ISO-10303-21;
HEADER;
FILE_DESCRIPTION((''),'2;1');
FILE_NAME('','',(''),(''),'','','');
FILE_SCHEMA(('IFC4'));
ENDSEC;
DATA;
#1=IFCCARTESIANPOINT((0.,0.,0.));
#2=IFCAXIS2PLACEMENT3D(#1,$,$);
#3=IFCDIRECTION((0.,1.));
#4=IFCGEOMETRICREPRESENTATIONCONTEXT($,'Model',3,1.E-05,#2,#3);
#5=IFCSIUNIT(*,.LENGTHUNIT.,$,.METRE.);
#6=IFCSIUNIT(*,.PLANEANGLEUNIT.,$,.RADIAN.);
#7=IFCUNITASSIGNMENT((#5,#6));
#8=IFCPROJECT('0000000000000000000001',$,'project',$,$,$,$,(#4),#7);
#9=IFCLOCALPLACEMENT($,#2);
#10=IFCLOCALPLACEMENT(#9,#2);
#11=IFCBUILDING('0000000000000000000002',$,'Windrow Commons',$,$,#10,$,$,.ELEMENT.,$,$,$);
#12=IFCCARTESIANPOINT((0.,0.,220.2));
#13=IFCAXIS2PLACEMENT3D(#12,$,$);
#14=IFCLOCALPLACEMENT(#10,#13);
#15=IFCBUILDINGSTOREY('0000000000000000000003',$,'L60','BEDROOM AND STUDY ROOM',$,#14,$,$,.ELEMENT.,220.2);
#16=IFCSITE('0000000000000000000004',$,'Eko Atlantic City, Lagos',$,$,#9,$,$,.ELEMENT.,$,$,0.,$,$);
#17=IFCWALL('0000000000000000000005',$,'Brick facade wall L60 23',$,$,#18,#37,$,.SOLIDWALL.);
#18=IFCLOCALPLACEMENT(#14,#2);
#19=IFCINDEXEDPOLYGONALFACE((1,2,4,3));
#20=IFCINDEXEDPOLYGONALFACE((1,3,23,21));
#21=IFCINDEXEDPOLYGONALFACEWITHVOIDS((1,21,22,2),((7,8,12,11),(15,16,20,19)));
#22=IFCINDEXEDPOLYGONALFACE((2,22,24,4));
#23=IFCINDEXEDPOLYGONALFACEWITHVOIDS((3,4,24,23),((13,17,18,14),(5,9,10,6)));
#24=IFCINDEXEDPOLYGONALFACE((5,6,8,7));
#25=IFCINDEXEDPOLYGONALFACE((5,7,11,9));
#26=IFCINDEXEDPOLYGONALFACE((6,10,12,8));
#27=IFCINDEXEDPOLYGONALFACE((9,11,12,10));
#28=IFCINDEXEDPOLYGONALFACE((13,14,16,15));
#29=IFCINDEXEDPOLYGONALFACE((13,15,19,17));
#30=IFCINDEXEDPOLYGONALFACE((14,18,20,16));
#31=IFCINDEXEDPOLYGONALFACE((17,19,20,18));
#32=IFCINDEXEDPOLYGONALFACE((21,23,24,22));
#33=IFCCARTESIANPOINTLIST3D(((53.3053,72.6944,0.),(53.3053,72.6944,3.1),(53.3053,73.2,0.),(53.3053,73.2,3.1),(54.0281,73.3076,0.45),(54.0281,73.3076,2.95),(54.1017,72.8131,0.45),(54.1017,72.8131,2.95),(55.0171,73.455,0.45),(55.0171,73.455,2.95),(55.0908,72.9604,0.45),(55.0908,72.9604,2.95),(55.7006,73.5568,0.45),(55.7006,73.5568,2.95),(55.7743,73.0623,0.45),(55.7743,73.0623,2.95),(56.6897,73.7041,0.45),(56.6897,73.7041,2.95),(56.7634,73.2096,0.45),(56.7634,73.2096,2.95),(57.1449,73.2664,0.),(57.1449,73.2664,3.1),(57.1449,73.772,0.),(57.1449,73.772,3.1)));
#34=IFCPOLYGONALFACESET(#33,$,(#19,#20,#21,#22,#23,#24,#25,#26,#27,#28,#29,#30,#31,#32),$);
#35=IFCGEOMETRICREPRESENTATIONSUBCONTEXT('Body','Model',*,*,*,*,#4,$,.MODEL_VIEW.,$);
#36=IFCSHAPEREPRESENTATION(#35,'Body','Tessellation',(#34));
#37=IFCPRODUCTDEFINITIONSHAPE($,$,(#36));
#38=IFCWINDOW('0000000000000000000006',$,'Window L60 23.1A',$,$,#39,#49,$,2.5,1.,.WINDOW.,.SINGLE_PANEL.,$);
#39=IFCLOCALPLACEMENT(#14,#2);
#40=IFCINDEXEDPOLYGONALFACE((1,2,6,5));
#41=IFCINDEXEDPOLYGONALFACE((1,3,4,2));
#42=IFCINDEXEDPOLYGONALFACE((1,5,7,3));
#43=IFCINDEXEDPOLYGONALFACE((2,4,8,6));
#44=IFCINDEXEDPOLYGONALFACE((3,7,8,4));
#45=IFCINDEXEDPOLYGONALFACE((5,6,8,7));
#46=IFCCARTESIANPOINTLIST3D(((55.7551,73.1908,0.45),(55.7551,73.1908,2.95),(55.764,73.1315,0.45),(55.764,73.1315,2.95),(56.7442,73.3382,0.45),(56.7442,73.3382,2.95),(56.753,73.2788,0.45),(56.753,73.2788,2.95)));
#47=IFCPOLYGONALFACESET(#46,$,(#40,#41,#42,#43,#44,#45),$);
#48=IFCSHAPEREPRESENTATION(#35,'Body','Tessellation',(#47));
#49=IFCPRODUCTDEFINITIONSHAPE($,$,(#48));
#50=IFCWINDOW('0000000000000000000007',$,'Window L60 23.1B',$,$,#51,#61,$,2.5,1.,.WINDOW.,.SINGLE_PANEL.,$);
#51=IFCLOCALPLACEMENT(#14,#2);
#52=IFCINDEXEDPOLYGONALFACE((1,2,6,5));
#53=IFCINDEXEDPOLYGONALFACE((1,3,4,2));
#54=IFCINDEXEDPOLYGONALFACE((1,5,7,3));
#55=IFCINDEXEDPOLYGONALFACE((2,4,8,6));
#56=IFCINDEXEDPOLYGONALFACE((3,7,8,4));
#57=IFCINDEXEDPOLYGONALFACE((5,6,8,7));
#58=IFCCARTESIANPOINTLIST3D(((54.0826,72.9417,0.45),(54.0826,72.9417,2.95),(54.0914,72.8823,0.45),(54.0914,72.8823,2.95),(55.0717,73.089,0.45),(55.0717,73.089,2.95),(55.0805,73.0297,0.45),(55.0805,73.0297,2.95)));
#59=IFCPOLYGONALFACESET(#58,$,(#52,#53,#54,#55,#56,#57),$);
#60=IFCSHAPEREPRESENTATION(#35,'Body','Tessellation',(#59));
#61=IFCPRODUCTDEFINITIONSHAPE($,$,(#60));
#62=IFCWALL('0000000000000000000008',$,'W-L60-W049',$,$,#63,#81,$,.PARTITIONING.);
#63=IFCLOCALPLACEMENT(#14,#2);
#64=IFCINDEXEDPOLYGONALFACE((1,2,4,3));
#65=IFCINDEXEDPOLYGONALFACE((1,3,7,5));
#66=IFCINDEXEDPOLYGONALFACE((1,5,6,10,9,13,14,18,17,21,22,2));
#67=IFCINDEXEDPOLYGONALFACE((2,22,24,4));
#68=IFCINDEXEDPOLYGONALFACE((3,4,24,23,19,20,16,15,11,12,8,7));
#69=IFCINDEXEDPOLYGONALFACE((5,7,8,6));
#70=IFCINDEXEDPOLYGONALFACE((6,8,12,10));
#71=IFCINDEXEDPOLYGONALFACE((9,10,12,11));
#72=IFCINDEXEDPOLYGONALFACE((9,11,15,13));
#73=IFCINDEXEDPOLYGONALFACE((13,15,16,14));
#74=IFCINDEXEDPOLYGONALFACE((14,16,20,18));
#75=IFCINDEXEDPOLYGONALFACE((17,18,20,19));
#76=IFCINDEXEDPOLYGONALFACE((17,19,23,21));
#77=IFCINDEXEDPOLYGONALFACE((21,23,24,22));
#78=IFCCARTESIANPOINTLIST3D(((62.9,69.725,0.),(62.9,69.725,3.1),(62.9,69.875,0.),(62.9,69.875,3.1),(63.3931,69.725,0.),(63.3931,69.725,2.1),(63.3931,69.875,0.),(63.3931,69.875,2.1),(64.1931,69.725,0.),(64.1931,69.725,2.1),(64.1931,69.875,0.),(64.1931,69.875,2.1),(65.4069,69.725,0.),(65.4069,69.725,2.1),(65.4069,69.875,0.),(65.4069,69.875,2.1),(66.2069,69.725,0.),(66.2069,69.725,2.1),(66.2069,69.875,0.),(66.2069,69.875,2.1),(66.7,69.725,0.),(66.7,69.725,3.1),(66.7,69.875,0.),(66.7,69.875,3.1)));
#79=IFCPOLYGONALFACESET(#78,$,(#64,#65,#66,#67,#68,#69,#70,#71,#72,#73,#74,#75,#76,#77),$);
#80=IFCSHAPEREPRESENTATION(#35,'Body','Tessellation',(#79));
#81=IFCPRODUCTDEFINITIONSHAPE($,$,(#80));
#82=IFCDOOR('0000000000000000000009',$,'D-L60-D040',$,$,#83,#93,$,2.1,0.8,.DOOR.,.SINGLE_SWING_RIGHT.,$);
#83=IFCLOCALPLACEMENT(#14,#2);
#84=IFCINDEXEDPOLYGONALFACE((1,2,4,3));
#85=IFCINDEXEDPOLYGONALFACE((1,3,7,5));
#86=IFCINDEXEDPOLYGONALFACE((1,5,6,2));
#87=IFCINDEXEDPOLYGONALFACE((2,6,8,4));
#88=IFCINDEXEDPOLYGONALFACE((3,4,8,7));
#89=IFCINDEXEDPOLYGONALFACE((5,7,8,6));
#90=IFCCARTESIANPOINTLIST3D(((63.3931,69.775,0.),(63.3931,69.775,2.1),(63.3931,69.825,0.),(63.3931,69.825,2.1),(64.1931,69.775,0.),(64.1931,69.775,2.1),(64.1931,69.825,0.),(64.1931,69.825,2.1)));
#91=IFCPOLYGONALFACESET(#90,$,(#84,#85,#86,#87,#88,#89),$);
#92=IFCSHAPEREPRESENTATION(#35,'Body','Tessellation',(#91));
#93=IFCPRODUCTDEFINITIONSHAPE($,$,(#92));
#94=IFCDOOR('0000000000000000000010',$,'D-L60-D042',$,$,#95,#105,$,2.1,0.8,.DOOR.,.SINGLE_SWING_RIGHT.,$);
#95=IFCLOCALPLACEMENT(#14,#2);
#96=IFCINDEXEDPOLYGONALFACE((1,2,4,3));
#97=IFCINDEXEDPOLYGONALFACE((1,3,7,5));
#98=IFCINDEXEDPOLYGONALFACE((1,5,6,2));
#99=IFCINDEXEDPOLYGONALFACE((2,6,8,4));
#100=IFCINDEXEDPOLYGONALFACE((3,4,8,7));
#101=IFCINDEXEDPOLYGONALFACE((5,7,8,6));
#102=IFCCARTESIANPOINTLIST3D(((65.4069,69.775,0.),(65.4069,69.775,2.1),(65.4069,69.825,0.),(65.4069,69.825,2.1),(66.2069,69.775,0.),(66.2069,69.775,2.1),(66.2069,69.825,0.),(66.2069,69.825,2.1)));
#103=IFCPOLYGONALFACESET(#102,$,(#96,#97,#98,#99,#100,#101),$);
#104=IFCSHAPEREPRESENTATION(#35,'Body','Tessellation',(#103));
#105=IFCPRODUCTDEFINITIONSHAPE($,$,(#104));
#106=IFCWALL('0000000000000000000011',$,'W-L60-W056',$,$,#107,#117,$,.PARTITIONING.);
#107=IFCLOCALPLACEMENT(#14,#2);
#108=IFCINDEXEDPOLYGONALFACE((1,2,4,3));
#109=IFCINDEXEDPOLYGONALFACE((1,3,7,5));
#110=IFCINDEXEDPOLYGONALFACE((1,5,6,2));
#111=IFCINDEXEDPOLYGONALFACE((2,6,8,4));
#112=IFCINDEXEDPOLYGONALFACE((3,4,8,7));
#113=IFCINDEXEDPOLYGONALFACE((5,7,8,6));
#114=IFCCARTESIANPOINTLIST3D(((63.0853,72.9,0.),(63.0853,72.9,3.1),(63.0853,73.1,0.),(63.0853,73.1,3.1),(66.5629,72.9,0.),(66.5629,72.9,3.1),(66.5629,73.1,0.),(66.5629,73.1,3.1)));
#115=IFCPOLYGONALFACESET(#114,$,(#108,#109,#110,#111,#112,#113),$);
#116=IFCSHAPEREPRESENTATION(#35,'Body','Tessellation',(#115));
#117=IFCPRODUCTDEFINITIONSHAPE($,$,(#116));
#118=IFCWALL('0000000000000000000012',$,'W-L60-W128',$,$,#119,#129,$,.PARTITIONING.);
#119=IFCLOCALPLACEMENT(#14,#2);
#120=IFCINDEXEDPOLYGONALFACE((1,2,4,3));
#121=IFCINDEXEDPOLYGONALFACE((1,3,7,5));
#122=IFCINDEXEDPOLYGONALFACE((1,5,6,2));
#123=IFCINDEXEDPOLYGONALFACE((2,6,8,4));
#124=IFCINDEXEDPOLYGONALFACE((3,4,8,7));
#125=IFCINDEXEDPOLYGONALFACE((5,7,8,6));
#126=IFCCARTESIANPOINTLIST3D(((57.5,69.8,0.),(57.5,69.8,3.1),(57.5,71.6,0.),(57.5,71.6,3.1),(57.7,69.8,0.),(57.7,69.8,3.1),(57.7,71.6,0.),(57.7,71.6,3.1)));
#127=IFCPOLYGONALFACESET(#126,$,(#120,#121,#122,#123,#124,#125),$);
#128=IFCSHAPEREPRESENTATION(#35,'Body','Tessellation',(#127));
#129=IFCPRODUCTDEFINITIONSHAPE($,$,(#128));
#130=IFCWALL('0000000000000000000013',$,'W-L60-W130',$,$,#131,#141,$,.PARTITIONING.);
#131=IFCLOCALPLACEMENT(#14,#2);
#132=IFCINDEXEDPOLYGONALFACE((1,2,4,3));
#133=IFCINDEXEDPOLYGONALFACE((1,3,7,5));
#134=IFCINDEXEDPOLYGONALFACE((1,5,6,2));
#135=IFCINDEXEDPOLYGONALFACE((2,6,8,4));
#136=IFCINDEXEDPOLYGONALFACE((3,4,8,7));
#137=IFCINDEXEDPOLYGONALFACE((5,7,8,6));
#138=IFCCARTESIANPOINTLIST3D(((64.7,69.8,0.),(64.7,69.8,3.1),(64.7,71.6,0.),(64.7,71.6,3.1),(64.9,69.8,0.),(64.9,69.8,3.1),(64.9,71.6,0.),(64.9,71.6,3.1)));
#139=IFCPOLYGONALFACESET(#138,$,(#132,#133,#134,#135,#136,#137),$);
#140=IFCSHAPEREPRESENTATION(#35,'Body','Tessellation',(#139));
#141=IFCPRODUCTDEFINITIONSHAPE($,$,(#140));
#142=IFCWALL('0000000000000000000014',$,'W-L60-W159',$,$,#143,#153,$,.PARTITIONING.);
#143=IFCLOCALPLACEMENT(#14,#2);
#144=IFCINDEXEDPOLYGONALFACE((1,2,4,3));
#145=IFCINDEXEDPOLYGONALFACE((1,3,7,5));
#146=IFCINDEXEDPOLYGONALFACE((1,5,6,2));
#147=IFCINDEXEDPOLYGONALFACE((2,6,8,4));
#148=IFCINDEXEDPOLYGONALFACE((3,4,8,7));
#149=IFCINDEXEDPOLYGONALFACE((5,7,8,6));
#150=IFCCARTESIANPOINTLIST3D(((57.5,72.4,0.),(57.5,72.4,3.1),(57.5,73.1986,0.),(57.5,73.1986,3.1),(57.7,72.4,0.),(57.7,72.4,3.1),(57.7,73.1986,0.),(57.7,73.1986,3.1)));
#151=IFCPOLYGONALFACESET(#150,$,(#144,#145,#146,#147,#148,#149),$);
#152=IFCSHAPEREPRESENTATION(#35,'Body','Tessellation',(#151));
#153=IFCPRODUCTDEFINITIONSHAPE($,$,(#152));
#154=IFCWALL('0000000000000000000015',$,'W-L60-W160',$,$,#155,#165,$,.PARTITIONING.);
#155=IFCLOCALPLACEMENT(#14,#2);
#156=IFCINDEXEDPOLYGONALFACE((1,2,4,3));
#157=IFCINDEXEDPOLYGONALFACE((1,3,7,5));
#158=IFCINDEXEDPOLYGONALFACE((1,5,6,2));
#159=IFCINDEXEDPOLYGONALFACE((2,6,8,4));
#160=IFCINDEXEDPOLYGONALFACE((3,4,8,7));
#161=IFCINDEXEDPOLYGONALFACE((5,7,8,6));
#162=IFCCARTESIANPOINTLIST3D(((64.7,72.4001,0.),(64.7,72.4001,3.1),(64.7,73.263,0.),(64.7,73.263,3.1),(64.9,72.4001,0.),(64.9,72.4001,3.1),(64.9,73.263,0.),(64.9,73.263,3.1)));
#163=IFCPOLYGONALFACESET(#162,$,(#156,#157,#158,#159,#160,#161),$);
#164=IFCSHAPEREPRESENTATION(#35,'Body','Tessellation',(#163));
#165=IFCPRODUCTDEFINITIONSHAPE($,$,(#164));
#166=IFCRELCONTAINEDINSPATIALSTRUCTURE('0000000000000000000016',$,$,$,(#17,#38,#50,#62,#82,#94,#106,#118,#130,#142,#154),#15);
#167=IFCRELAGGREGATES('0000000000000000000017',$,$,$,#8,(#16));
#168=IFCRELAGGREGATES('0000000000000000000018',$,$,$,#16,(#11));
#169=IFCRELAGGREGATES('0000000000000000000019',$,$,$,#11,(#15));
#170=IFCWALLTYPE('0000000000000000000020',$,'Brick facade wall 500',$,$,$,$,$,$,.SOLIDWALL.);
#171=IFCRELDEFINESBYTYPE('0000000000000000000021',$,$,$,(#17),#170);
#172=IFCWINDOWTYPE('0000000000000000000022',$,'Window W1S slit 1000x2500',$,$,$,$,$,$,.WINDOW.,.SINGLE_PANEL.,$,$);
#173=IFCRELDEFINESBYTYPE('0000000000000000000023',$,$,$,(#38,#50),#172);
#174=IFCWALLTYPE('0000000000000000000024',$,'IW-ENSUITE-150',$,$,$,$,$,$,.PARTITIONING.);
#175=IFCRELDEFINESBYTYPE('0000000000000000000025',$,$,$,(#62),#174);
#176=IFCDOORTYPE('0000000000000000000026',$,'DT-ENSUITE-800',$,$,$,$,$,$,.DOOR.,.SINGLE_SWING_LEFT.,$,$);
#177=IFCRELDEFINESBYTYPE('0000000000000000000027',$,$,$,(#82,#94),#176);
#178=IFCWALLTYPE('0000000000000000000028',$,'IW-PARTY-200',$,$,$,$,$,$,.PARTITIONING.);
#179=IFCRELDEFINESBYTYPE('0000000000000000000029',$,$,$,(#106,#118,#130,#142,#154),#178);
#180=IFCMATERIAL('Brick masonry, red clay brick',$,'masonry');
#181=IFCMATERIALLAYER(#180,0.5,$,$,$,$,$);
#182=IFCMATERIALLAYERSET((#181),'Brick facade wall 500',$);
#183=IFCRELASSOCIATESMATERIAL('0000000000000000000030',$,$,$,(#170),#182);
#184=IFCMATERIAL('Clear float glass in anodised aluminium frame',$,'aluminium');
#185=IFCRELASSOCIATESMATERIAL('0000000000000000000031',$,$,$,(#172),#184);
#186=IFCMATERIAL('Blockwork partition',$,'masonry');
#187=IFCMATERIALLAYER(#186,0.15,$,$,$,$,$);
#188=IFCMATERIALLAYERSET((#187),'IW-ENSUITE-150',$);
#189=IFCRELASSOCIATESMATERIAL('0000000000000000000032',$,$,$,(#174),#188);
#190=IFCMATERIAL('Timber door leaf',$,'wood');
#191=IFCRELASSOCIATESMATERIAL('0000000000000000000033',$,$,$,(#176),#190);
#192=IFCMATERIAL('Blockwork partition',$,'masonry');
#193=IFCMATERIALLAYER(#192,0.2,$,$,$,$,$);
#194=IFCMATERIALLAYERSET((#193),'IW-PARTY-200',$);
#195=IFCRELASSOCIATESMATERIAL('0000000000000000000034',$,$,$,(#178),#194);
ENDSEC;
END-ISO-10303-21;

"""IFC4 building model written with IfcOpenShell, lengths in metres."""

from ifc_helpers import new_model, si_unit, direction, frame, frame_2d, origin, place, context, subcontext, project, spatial, polyline, rectangle, outline, extrude, material, layer, layer_set, type_object, element, fill, save


model = new_model("IFC4")

# Units and contexts
model_context = context("Model", 3, precision=1e-05, world=origin(), true_north=direction((0.0, 1.0)))
body_context = subcontext(model_context, "Body", "Model", "MODEL_VIEW")
ifc_project = project(units=[si_unit("LENGTHUNIT", "METRE"), si_unit("PLANEANGLEUNIT", "RADIAN")], contexts=[model_context])

# Site, building, storey
site_placement = place(None, origin())
site = spatial("IfcSite", under=ifc_project, at=site_placement, Name="Eko Atlantic City, Lagos", CompositionType="ELEMENT", RefElevation=0.0)
building_placement = place(site_placement, origin())
building = spatial("IfcBuilding", under=site, at=building_placement, Name="Windrow Commons", CompositionType="ELEMENT")
storey_placement = place(building_placement, frame((0.0, 0.0, 220.2)))
storey = spatial("IfcBuildingStorey", under=building, at=storey_placement, Name="L60", Description="BEDROOM AND STUDY ROOM", CompositionType="ELEMENT", Elevation=220.2)

# Wall, openings, windows
ifc_material_1 = material(Name="Brick masonry, red clay brick", Category="masonry")
ifc_layer_1 = layer(ifc_material_1, 0.5)
ifc_layer_set_1 = layer_set([ifc_layer_1], Name="Brick facade wall 500")
wall_type_1 = type_object("IfcWallType", Name="Brick facade wall 500", PredefinedType="SOLIDWALL", material=ifc_layer_set_1)
wall_1_placement = place(storey_placement, frame((57.1449, 73.5192, 0.0), z_axis=(0.0, 0.0, 1.0), x_axis=(-0.989085, -0.147348, 0.0)))
wall_1 = element("IfcWall", 1, at=wall_1_placement, inside=storey, type_object=wall_type_1, Name="Brick facade wall L60 23", PredefinedType="SOLIDWALL", context=body_context, shape_type="SweptSolid", body=[
    extrude(outline(polyline([(-0.0372, -0.25), (3.8447, -0.25), (3.9192, 0.25), (0.0372, 0.25), (-0.0372, -0.25)])), origin(), (0.0, 0.0, 1.0), 3.1),
])
opening_1_placement = place(wall_1_placement, frame((0.423, 0.0, 0.45)))
opening_1 = element("IfcOpeningElement", 2, at=opening_1_placement, cuts=wall_1, PredefinedType="OPENING", context=body_context, shape_type="SweptSolid", body=[
    extrude(rectangle(XDim=1.0, YDim=2.5, at=frame_2d((0.5, 1.25))), frame((0.0, 0.26, 0.0), z_axis=(0.0, -1.0, 0.0), x_axis=(1.0, 0.0, 0.0)), (0.0, 0.0, 1.0), 0.52),
])
opening_2_placement = place(wall_1_placement, frame((2.114, 0.0, 0.45)))
opening_2 = element("IfcOpeningElement", 3, at=opening_2_placement, cuts=wall_1, PredefinedType="OPENING", context=body_context, shape_type="SweptSolid", body=[
    extrude(rectangle(XDim=1.0, YDim=2.5, at=frame_2d((0.5, 1.25))), frame((0.0, 0.26, 0.0), z_axis=(0.0, -1.0, 0.0), x_axis=(1.0, 0.0, 0.0)), (0.0, 0.0, 1.0), 0.52),
])
ifc_material_2 = material(Name="Clear float glass in anodised aluminium frame", Category="aluminium")
window_type_1 = type_object("IfcWindowType", Name="Window W1S slit 1000x2500", PartitioningType="SINGLE_PANEL", PredefinedType="WINDOW", material=ifc_material_2)
window_1_placement = place(opening_1_placement, origin())
window_1 = element("IfcWindow", 4, at=window_1_placement, inside=storey, type_object=window_type_1, Name="Window L60 23.1A", OverallHeight=2.5, OverallWidth=1.0, PartitioningType="SINGLE_PANEL", PredefinedType="WINDOW", context=body_context, shape_type="SweptSolid", body=[
    extrude(rectangle(XDim=1.0, YDim=2.5, at=frame_2d((0.5, 1.25))), frame((0.0, 0.18, 0.0), z_axis=(0.0, -1.0, 0.0), x_axis=(1.0, 0.0, 0.0)), (0.0, 0.0, 1.0), 0.06),
])
fill(opening_1, window_1)
window_2_placement = place(opening_2_placement, origin())
window_2 = element("IfcWindow", 5, at=window_2_placement, inside=storey, type_object=window_type_1, Name="Window L60 23.1B", OverallHeight=2.5, OverallWidth=1.0, PartitioningType="SINGLE_PANEL", PredefinedType="WINDOW", context=body_context, shape_type="SweptSolid", body=[
    extrude(rectangle(XDim=1.0, YDim=2.5, at=frame_2d((0.5, 1.25))), frame((0.0, 0.18, 0.0), z_axis=(0.0, -1.0, 0.0), x_axis=(1.0, 0.0, 0.0)), (0.0, 0.0, 1.0), 0.06),
])
fill(opening_2, window_2)

# Wall, openings, doors
ifc_material_3 = material(Name="Blockwork partition", Category="masonry")
ifc_layer_2 = layer(ifc_material_3, 0.15)
ifc_layer_set_2 = layer_set([ifc_layer_2], Name="IW-ENSUITE-150")
wall_type_2 = type_object("IfcWallType", Name="IW-ENSUITE-150", PredefinedType="PARTITIONING", material=ifc_layer_set_2)
wall_2_placement = place(storey_placement, frame((62.9, 69.8, 0.0), z_axis=(0.0, 0.0, 1.0), x_axis=(1.0, 0.0, 0.0)))
wall_2 = element("IfcWall", 6, at=wall_2_placement, inside=storey, type_object=wall_type_2, Name="W-L60-W049", PredefinedType="PARTITIONING", context=body_context, shape_type="SweptSolid", body=[
    extrude(rectangle(XDim=3.8, YDim=0.15, at=frame_2d((1.9, 0.0))), origin(), (0.0, 0.0, 1.0), 3.1),
])
opening_3_placement = place(wall_2_placement, frame((0.4931, 0.0, 0.0)))
opening_3 = element("IfcOpeningElement", 7, at=opening_3_placement, cuts=wall_2, PredefinedType="OPENING", context=body_context, shape_type="SweptSolid", body=[
    extrude(rectangle(XDim=0.8, YDim=2.1, at=frame_2d((0.4, 1.05))), frame((0.0, 0.085, 0.0), z_axis=(0.0, -1.0, 0.0), x_axis=(1.0, 0.0, 0.0)), (0.0, 0.0, 1.0), 0.17),
])
opening_4_placement = place(wall_2_placement, frame((2.5069, 0.0, 0.0)))
opening_4 = element("IfcOpeningElement", 8, at=opening_4_placement, cuts=wall_2, PredefinedType="OPENING", context=body_context, shape_type="SweptSolid", body=[
    extrude(rectangle(XDim=0.8, YDim=2.1, at=frame_2d((0.4, 1.05))), frame((0.0, 0.085, 0.0), z_axis=(0.0, -1.0, 0.0), x_axis=(1.0, 0.0, 0.0)), (0.0, 0.0, 1.0), 0.17),
])
ifc_material_4 = material(Name="Timber door leaf", Category="wood")
door_type = type_object("IfcDoorType", Name="DT-ENSUITE-800", OperationType="SINGLE_SWING_LEFT", PredefinedType="DOOR", material=ifc_material_4)
door_1_placement = place(opening_3_placement, origin())
door_1 = element("IfcDoor", 9, at=door_1_placement, inside=storey, type_object=door_type, Name="D-L60-D040", OperationType="SINGLE_SWING_RIGHT", OverallHeight=2.1, OverallWidth=0.8, PredefinedType="DOOR", context=body_context, shape_type="SweptSolid", body=[
    extrude(rectangle(XDim=0.8, YDim=2.1, at=frame_2d((0.4, 1.05))), frame((0.0, 0.025, 0.0), z_axis=(0.0, -1.0, 0.0), x_axis=(1.0, 0.0, 0.0)), (0.0, 0.0, 1.0), 0.05),
])
fill(opening_3, door_1)
door_2_placement = place(opening_4_placement, origin())
door_2 = element("IfcDoor", 10, at=door_2_placement, inside=storey, type_object=door_type, Name="D-L60-D042", OperationType="SINGLE_SWING_RIGHT", OverallHeight=2.1, OverallWidth=0.8, PredefinedType="DOOR", context=body_context, shape_type="SweptSolid", body=[
    extrude(rectangle(XDim=0.8, YDim=2.1, at=frame_2d((0.4, 1.05))), frame((0.0, 0.025, 0.0), z_axis=(0.0, -1.0, 0.0), x_axis=(1.0, 0.0, 0.0)), (0.0, 0.0, 1.0), 0.05),
])
fill(opening_4, door_2)

# Walls
ifc_material_5 = material(Name="Blockwork partition", Category="masonry")
ifc_layer_3 = layer(ifc_material_5, 0.2)
ifc_layer_set_3 = layer_set([ifc_layer_3], Name="IW-PARTY-200")
wall_type_3 = type_object("IfcWallType", Name="IW-PARTY-200", PredefinedType="PARTITIONING", material=ifc_layer_set_3)
wall_3_placement = place(storey_placement, frame((63.0853, 73.0, 0.0), z_axis=(0.0, 0.0, 1.0), x_axis=(1.0, 0.0, 0.0)))
element("IfcWall", 11, at=wall_3_placement, inside=storey, type_object=wall_type_3, Name="W-L60-W056", PredefinedType="PARTITIONING", context=body_context, shape_type="SweptSolid", body=[
    extrude(rectangle(XDim=3.4776, YDim=0.2, at=frame_2d((1.7388, 0.0))), origin(), (0.0, 0.0, 1.0), 3.1),
])
for number, where, z_axis, x_axis, name in (
    (12, (57.6, 69.8, 0.0), (0.0, 0.0, 1.0), (0.0, 1.0, 0.0), "W-L60-W128"),
    (13, (64.8, 69.8, 0.0), (0.0, 0.0, 1.0), (0.0, 1.0, 0.0), "W-L60-W130"),
):
    element("IfcWall", number, at=place(storey_placement, frame(where, z_axis=z_axis, x_axis=x_axis)), inside=storey, type_object=wall_type_3, Name=name, PredefinedType="PARTITIONING", context=body_context, shape_type="SweptSolid", body=[
        extrude(rectangle(XDim=1.8, YDim=0.2, at=frame_2d((0.9, 0.0))), origin(), (0.0, 0.0, 1.0), 3.1),
    ])
wall_4_placement = place(storey_placement, frame((57.6, 72.4, 0.0), z_axis=(0.0, 0.0, 1.0), x_axis=(0.0, 1.0, 0.0)))
element("IfcWall", 14, at=wall_4_placement, inside=storey, type_object=wall_type_3, Name="W-L60-W159", PredefinedType="PARTITIONING", context=body_context, shape_type="SweptSolid", body=[
    extrude(rectangle(XDim=0.7987, YDim=0.2, at=frame_2d((0.3993, 0.0))), origin(), (0.0, 0.0, 1.0), 3.1),
])
wall_5_placement = place(storey_placement, frame((64.8, 72.4, 0.0), z_axis=(0.0, 0.0, 1.0), x_axis=(0.0, 1.0, 0.0)))
element("IfcWall", 15, at=wall_5_placement, inside=storey, type_object=wall_type_3, Name="W-L60-W160", PredefinedType="PARTITIONING", context=body_context, shape_type="SweptSolid", body=[
    extrude(rectangle(XDim=0.8629, YDim=0.2, at=frame_2d((0.4315, 0.0))), origin(), (0.0, 0.0, 1.0), 3.1),
])

save(model, "model.ifc")
